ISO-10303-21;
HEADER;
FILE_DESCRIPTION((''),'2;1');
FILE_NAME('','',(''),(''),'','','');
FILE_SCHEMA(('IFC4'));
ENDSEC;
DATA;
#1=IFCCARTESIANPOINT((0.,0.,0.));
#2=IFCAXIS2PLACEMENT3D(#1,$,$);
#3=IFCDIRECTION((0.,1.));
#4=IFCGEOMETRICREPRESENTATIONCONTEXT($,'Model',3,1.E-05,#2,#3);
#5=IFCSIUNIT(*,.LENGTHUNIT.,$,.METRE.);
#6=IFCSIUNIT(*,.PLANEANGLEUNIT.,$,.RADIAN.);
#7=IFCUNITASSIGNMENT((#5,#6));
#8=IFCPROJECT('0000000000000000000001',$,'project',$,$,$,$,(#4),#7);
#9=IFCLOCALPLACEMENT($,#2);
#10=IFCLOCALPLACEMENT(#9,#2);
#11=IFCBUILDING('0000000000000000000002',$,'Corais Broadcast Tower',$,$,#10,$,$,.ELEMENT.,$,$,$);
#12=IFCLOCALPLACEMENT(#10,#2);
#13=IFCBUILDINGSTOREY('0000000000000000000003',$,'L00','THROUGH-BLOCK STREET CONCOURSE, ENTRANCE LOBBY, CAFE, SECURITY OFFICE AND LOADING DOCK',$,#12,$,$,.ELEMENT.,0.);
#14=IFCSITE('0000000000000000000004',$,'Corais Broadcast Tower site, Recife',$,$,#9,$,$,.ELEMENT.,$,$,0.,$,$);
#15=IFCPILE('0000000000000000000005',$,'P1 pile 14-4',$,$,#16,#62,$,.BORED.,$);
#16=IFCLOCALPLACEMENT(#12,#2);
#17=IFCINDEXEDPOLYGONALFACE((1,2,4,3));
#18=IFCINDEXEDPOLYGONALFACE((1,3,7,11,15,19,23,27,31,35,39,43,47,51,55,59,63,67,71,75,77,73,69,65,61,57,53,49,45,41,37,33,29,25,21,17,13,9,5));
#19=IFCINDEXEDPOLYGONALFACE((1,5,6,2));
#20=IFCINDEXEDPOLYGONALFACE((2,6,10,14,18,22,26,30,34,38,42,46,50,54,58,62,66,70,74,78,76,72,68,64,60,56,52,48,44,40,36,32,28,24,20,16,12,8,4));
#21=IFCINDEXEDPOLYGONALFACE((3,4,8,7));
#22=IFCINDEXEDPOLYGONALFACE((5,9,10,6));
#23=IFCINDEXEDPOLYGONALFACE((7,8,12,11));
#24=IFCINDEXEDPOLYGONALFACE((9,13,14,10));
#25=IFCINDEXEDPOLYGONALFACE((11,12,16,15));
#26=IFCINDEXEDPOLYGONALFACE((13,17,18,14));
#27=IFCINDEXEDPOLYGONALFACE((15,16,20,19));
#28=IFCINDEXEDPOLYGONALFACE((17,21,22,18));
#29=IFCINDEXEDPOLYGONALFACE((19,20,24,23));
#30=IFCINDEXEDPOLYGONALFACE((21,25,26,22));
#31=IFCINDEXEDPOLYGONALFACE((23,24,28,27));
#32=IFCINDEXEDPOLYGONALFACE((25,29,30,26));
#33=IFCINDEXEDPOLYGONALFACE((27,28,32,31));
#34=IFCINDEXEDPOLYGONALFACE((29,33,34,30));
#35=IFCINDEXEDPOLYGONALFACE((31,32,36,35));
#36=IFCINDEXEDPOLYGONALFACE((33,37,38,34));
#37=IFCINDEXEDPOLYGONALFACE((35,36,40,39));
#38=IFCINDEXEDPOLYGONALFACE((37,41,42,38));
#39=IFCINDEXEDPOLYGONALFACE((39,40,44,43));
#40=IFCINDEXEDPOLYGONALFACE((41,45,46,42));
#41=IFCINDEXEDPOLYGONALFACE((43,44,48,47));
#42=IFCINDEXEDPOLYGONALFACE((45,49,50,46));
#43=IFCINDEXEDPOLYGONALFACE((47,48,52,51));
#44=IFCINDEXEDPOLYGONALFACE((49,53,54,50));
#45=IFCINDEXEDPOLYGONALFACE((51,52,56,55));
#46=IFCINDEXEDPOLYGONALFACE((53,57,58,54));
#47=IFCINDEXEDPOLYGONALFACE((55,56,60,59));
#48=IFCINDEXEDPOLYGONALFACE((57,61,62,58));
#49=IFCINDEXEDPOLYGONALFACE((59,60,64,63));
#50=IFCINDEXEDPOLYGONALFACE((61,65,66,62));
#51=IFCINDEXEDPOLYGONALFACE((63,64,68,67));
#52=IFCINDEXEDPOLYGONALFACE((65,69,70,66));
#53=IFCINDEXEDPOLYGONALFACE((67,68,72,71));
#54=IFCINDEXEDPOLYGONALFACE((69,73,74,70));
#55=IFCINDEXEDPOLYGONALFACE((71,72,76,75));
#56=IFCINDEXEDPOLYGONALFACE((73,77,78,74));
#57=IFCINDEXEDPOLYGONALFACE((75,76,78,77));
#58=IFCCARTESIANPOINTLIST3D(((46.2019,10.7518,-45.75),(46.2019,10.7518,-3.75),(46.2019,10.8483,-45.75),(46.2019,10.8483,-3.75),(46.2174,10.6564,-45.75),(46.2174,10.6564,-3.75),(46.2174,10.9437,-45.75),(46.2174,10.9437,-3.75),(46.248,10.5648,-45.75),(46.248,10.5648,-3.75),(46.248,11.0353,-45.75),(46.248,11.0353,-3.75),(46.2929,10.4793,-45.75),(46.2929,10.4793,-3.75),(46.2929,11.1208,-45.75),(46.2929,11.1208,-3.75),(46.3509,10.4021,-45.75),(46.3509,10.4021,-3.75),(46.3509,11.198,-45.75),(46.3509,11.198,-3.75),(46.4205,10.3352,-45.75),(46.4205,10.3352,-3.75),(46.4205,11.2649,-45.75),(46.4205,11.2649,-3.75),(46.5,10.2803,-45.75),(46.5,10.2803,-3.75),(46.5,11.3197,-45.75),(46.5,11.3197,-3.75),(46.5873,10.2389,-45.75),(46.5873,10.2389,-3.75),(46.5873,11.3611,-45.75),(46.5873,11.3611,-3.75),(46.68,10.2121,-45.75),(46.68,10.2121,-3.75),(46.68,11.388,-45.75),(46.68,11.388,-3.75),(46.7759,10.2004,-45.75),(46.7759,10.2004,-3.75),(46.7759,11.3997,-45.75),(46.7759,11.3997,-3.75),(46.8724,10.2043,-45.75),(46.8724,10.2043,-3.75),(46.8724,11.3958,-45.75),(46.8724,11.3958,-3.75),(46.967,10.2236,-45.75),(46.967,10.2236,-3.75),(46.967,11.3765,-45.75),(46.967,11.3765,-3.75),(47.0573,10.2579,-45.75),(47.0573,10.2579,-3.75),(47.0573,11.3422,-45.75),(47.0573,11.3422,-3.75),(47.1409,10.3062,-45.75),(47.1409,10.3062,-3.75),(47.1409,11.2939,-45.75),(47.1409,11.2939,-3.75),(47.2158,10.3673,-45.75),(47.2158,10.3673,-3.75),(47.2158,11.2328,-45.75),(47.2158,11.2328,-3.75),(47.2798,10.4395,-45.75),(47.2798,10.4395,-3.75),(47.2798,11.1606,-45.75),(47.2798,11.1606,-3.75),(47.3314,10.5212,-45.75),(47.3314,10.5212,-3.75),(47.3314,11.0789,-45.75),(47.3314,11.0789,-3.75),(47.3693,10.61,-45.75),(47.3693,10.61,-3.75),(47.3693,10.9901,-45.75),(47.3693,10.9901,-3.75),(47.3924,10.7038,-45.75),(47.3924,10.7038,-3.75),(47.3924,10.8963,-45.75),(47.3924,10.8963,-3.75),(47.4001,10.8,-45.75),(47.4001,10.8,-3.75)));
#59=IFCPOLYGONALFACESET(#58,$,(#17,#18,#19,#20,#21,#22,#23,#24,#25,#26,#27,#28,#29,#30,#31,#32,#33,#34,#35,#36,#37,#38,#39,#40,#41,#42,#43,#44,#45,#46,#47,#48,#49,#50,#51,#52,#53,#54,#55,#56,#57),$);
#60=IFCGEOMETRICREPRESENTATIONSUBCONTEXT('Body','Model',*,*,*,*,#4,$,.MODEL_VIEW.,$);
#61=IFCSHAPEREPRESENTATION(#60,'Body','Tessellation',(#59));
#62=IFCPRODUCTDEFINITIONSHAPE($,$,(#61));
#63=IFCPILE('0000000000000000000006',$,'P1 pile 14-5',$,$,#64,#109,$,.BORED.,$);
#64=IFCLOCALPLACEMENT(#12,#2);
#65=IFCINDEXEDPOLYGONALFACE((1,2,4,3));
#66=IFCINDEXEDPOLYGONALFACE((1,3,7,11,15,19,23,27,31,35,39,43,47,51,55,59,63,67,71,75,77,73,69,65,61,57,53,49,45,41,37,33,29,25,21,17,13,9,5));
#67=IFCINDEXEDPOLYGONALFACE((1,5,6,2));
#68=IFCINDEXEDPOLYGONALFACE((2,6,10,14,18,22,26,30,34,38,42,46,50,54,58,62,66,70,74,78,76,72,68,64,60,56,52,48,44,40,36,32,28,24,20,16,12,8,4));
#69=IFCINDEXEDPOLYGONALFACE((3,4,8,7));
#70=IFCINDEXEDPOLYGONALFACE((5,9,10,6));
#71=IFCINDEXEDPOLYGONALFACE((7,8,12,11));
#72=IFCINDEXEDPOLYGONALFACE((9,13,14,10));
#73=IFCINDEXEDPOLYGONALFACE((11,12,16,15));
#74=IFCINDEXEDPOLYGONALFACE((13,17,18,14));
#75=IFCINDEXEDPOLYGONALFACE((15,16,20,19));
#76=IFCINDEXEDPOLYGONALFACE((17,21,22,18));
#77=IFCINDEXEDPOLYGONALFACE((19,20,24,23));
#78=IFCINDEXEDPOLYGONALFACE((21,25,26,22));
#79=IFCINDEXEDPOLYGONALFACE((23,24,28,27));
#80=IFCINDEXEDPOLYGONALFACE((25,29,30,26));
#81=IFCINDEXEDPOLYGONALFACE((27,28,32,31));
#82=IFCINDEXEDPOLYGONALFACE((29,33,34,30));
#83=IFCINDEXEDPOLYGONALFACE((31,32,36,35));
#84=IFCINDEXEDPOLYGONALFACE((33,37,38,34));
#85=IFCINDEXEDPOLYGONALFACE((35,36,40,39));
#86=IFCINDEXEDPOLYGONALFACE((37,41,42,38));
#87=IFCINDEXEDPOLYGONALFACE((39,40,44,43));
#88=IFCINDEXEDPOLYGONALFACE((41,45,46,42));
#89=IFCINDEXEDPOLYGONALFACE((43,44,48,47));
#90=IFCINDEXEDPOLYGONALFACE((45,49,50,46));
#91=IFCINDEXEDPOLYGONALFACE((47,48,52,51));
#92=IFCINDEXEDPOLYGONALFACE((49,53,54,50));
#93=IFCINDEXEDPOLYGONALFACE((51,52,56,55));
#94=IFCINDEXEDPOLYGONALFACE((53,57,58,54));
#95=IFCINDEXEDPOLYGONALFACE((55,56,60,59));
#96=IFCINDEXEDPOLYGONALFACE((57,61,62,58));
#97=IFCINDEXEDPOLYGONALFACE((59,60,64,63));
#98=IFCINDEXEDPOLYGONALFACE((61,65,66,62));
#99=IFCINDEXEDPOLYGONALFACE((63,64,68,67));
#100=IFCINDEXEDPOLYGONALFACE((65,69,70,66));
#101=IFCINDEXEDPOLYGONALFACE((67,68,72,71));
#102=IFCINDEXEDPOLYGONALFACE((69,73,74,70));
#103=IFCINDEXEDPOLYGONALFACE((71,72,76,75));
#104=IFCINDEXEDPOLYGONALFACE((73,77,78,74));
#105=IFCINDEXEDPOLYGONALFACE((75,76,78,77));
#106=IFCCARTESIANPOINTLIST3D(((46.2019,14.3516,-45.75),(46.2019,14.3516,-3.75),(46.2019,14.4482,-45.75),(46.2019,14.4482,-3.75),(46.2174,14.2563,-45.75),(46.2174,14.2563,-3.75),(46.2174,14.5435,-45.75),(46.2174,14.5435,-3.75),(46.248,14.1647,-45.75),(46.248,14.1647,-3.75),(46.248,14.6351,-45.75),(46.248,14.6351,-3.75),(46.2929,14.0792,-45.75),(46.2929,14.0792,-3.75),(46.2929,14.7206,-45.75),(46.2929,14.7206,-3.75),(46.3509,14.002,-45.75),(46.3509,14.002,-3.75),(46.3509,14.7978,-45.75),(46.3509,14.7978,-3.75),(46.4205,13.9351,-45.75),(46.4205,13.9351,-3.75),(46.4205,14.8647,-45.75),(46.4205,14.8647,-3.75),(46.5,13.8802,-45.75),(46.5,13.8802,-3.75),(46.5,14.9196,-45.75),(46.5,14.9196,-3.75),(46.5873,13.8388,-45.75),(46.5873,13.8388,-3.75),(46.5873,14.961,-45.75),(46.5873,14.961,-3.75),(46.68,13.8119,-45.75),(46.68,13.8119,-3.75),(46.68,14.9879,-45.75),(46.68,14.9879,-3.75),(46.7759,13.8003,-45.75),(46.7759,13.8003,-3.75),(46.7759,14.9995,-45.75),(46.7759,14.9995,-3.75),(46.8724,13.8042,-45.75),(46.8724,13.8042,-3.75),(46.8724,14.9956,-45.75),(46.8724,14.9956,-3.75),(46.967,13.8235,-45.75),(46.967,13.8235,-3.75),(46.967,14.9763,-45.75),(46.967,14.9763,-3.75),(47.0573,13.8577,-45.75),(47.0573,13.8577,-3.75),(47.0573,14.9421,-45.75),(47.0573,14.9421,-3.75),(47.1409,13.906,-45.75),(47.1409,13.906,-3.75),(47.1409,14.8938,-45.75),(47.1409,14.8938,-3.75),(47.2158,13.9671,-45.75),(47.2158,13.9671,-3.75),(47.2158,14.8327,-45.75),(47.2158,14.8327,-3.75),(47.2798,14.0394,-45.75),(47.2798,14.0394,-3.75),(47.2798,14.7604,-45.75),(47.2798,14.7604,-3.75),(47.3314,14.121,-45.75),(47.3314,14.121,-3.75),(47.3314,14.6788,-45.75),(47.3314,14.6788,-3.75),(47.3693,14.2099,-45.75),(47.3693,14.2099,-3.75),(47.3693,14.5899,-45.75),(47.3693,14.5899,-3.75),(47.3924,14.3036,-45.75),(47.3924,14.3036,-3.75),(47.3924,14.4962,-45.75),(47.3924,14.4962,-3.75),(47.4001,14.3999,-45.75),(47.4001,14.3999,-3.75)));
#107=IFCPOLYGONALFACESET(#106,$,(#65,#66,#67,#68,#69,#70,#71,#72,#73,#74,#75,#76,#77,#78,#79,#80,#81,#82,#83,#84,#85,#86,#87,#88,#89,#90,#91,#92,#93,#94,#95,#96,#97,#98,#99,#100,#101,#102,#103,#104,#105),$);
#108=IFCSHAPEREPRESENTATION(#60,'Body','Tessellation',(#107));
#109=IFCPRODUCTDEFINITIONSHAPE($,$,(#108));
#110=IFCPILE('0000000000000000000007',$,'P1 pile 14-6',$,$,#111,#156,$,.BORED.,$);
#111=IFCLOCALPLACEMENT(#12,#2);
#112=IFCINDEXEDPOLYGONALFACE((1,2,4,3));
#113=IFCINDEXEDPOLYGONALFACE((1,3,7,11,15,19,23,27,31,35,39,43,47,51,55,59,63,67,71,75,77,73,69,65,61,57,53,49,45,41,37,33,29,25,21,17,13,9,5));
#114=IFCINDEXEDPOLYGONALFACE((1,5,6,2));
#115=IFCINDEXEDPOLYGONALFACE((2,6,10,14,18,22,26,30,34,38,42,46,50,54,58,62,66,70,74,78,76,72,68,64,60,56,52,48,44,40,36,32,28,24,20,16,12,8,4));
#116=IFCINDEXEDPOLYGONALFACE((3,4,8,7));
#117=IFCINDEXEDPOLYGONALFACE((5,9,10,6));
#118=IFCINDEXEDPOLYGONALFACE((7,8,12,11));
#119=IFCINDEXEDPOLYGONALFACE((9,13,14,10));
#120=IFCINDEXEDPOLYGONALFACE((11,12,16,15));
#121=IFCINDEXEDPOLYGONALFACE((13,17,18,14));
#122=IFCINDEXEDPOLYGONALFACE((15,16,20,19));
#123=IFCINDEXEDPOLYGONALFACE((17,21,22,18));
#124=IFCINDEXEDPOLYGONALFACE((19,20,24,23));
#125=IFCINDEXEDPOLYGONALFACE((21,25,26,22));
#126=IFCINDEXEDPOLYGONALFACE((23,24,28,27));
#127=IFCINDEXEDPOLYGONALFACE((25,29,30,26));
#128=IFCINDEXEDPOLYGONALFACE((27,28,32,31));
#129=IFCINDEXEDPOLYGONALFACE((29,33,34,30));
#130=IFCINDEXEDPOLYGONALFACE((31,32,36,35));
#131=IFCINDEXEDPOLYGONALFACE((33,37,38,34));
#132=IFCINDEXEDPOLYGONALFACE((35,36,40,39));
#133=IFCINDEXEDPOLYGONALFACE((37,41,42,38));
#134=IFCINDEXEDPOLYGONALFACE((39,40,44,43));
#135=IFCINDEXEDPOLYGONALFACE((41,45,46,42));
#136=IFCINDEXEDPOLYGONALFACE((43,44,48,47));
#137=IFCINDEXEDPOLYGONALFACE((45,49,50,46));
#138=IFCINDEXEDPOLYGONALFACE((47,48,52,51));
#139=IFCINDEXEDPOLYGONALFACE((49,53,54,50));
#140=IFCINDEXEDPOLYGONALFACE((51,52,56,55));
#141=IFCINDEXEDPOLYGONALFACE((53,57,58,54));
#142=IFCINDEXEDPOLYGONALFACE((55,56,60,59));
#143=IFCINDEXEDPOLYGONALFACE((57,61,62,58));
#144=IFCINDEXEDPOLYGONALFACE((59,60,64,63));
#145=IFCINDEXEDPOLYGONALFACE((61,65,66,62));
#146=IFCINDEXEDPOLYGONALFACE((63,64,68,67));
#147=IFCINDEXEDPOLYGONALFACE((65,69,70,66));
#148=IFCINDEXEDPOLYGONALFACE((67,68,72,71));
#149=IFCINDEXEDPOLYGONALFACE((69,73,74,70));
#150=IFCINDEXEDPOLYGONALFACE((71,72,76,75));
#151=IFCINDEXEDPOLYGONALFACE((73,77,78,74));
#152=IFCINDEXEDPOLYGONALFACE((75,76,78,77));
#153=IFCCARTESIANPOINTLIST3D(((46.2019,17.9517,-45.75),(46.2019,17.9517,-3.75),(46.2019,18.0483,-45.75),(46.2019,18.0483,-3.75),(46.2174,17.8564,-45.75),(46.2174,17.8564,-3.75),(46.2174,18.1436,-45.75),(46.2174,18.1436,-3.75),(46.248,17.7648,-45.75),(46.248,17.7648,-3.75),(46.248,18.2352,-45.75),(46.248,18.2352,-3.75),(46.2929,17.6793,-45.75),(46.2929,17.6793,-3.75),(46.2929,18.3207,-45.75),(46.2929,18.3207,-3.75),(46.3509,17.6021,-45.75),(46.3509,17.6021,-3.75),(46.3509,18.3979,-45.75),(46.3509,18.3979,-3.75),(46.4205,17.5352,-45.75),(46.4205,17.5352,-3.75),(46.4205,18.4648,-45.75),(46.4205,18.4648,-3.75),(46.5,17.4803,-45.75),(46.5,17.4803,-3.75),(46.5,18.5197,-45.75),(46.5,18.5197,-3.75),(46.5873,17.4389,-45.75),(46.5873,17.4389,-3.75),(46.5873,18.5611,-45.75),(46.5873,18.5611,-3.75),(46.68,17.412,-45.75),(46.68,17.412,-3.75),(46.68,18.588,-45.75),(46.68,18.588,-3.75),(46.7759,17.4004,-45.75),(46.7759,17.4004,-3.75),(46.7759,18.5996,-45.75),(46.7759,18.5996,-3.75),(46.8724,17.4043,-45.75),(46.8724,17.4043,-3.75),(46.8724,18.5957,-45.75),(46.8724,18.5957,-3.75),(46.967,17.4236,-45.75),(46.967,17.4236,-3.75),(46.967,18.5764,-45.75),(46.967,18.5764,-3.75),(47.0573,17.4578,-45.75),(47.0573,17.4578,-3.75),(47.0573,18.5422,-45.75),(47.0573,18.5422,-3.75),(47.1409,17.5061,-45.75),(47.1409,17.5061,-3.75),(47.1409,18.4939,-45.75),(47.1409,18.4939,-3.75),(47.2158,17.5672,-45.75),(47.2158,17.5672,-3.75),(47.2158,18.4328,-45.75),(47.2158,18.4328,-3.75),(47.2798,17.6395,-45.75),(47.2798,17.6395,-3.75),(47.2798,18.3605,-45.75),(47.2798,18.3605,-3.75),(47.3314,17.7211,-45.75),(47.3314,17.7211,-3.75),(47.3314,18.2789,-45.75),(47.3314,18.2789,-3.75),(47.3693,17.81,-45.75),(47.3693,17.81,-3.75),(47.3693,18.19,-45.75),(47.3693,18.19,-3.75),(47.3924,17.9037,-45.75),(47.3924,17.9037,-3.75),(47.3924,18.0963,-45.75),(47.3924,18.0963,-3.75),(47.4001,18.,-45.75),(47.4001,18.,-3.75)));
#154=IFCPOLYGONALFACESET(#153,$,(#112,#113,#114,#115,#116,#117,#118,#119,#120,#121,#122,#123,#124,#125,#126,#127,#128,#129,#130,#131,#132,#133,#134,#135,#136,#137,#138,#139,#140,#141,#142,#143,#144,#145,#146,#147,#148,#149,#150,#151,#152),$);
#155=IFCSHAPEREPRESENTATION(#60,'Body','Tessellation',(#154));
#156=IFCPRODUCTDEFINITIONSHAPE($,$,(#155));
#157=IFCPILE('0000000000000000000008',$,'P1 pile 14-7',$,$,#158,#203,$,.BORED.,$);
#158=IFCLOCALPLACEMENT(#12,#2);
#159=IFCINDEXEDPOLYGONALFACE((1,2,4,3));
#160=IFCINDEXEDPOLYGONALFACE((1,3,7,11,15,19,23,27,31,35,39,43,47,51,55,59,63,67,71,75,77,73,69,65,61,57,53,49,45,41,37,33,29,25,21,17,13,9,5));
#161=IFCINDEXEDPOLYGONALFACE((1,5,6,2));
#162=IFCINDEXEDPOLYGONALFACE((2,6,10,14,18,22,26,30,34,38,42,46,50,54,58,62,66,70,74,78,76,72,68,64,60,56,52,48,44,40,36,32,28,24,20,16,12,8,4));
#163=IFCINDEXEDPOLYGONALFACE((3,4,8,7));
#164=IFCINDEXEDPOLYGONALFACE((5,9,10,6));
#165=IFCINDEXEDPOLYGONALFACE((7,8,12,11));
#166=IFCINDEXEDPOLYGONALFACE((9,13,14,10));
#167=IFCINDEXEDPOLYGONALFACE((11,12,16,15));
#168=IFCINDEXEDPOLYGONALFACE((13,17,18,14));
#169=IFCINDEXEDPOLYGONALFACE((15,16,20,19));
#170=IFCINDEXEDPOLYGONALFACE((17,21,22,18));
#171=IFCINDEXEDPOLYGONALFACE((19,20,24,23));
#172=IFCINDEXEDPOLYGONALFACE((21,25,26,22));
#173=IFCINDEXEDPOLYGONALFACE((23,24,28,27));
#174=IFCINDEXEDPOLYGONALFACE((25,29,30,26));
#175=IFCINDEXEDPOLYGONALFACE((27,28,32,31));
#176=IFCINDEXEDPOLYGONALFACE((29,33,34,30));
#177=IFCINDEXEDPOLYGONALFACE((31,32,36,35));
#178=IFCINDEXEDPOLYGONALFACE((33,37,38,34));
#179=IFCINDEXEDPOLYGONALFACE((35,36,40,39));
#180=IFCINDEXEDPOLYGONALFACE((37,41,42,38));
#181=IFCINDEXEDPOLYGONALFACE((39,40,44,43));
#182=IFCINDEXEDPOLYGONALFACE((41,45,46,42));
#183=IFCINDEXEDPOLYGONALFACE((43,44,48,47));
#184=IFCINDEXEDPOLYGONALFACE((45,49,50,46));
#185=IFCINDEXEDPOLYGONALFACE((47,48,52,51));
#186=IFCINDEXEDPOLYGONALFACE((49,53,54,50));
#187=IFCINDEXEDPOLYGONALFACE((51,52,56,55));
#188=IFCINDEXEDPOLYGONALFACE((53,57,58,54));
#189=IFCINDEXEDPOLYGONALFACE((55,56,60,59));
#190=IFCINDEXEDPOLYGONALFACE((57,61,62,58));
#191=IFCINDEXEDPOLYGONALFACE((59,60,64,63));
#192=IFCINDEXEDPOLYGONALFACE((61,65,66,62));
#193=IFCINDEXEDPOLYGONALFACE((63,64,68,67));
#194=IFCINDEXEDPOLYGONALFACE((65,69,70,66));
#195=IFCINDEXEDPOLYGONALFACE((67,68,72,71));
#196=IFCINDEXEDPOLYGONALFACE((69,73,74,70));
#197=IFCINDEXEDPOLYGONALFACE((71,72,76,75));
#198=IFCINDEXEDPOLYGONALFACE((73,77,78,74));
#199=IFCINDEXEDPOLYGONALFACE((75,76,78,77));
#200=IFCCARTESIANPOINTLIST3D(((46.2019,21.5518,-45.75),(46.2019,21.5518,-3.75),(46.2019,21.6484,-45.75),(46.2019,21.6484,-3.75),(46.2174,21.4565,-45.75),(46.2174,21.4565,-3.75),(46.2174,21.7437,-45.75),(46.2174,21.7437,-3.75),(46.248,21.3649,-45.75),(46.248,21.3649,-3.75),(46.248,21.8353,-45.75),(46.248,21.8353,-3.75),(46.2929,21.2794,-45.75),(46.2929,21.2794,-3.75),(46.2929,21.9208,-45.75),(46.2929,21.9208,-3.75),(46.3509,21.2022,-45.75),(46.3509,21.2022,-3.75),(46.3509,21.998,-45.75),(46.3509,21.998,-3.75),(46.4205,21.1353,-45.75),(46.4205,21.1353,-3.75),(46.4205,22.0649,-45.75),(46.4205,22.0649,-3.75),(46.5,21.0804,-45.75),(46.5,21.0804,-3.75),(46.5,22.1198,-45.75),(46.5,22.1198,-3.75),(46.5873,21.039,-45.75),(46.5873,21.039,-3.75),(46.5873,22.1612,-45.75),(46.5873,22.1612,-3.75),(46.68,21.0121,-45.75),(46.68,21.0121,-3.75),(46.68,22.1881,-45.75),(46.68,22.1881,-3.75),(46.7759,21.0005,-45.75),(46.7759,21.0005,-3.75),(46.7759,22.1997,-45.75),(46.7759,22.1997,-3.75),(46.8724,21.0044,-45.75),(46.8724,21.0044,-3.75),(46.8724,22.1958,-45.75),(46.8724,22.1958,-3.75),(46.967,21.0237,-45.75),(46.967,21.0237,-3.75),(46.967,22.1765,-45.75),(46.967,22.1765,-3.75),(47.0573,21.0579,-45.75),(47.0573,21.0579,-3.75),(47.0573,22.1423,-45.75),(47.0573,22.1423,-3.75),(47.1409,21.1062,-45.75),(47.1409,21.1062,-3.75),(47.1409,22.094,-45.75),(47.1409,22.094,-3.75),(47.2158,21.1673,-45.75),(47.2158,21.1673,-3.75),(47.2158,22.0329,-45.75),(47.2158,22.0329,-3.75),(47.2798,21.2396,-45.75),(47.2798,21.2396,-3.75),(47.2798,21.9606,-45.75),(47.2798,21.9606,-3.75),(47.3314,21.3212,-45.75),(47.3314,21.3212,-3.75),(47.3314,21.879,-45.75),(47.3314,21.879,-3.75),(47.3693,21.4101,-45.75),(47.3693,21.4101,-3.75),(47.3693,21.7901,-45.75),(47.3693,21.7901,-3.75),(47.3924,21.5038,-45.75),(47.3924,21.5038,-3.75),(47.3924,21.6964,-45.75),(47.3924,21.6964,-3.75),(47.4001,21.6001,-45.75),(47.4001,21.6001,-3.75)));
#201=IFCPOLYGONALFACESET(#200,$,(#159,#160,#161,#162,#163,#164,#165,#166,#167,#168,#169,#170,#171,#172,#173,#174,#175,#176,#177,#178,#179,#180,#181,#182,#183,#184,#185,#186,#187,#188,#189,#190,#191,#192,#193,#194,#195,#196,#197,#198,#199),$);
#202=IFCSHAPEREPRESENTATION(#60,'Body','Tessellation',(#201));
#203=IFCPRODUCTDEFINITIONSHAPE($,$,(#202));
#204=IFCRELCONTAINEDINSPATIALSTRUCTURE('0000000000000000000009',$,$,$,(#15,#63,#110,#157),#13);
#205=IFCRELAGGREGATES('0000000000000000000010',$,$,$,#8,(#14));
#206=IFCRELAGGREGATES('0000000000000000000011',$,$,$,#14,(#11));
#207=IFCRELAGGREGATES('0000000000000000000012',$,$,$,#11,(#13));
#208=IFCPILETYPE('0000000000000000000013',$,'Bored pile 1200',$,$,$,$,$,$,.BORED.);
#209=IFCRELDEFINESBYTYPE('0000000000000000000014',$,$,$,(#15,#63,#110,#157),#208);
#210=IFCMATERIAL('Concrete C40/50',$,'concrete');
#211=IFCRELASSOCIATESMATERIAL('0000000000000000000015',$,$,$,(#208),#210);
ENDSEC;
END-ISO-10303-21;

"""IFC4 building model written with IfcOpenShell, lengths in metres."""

from ifc_helpers import new_model, si_unit, direction, frame, origin, origin_2d, place, context, subcontext, project, spatial, circle, extrude, material, type_object, element, save


model = new_model("IFC4")

# Units and contexts
model_context = context("Model", 3, precision=1e-05, world=origin(), true_north=direction((0.0, 1.0)))
body_context = subcontext(model_context, "Body", "Model", "MODEL_VIEW")
ifc_project = project(units=[si_unit("LENGTHUNIT", "METRE"), si_unit("PLANEANGLEUNIT", "RADIAN")], contexts=[model_context])

# Site, building, storey
site_placement = place(None, origin())
site = spatial("IfcSite", under=ifc_project, at=site_placement, Name="Corais Broadcast Tower site, Recife", CompositionType="ELEMENT", RefElevation=0.0)
building_placement = place(site_placement, origin())
building = spatial("IfcBuilding", under=site, at=building_placement, Name="Corais Broadcast Tower", CompositionType="ELEMENT")
storey_placement = place(building_placement, origin())
storey = spatial("IfcBuildingStorey", under=building, at=storey_placement, Name="L00", Description="THROUGH-BLOCK STREET CONCOURSE, ENTRANCE LOBBY, CAFE, SECURITY OFFICE AND LOADING DOCK", CompositionType="ELEMENT", Elevation=0.0)

# Piles
ifc_material_1 = material(Name="Concrete C40/50", Category="concrete")
pile_type = type_object("IfcPileType", Name="Bored pile 1200", PredefinedType="BORED", material=ifc_material_1)
for number, where, z_axis, x_axis, name in (
    (1, (46.8, 10.8, -3.75), (0.0, 0.0, -1.0), (1.0, 0.0, 0.0), "P1 pile 14-4"),
    (2, (46.8, 14.3999, -3.75), (0.0, 0.0, -1.0), (1.0, 0.0, 0.0), "P1 pile 14-5"),
    (3, (46.8, 18.0, -3.75), (0.0, 0.0, -1.0), (1.0, 0.0, 0.0), "P1 pile 14-6"),
    (4, (46.8, 21.6001, -3.75), (0.0, 0.0, -1.0), (1.0, 0.0, 0.0), "P1 pile 14-7"),
):
    element("IfcPile", number, at=place(storey_placement, frame(where, z_axis=z_axis, x_axis=x_axis)), inside=storey, type_object=pile_type, Name=name, PredefinedType="BORED", context=body_context, shape_type="SweptSolid", body=[
        extrude(circle(Radius=0.6001, at=origin_2d()), origin(), (0.0, 0.0, 1.0), 42.0),
    ])

save(model, "model.ifc")
